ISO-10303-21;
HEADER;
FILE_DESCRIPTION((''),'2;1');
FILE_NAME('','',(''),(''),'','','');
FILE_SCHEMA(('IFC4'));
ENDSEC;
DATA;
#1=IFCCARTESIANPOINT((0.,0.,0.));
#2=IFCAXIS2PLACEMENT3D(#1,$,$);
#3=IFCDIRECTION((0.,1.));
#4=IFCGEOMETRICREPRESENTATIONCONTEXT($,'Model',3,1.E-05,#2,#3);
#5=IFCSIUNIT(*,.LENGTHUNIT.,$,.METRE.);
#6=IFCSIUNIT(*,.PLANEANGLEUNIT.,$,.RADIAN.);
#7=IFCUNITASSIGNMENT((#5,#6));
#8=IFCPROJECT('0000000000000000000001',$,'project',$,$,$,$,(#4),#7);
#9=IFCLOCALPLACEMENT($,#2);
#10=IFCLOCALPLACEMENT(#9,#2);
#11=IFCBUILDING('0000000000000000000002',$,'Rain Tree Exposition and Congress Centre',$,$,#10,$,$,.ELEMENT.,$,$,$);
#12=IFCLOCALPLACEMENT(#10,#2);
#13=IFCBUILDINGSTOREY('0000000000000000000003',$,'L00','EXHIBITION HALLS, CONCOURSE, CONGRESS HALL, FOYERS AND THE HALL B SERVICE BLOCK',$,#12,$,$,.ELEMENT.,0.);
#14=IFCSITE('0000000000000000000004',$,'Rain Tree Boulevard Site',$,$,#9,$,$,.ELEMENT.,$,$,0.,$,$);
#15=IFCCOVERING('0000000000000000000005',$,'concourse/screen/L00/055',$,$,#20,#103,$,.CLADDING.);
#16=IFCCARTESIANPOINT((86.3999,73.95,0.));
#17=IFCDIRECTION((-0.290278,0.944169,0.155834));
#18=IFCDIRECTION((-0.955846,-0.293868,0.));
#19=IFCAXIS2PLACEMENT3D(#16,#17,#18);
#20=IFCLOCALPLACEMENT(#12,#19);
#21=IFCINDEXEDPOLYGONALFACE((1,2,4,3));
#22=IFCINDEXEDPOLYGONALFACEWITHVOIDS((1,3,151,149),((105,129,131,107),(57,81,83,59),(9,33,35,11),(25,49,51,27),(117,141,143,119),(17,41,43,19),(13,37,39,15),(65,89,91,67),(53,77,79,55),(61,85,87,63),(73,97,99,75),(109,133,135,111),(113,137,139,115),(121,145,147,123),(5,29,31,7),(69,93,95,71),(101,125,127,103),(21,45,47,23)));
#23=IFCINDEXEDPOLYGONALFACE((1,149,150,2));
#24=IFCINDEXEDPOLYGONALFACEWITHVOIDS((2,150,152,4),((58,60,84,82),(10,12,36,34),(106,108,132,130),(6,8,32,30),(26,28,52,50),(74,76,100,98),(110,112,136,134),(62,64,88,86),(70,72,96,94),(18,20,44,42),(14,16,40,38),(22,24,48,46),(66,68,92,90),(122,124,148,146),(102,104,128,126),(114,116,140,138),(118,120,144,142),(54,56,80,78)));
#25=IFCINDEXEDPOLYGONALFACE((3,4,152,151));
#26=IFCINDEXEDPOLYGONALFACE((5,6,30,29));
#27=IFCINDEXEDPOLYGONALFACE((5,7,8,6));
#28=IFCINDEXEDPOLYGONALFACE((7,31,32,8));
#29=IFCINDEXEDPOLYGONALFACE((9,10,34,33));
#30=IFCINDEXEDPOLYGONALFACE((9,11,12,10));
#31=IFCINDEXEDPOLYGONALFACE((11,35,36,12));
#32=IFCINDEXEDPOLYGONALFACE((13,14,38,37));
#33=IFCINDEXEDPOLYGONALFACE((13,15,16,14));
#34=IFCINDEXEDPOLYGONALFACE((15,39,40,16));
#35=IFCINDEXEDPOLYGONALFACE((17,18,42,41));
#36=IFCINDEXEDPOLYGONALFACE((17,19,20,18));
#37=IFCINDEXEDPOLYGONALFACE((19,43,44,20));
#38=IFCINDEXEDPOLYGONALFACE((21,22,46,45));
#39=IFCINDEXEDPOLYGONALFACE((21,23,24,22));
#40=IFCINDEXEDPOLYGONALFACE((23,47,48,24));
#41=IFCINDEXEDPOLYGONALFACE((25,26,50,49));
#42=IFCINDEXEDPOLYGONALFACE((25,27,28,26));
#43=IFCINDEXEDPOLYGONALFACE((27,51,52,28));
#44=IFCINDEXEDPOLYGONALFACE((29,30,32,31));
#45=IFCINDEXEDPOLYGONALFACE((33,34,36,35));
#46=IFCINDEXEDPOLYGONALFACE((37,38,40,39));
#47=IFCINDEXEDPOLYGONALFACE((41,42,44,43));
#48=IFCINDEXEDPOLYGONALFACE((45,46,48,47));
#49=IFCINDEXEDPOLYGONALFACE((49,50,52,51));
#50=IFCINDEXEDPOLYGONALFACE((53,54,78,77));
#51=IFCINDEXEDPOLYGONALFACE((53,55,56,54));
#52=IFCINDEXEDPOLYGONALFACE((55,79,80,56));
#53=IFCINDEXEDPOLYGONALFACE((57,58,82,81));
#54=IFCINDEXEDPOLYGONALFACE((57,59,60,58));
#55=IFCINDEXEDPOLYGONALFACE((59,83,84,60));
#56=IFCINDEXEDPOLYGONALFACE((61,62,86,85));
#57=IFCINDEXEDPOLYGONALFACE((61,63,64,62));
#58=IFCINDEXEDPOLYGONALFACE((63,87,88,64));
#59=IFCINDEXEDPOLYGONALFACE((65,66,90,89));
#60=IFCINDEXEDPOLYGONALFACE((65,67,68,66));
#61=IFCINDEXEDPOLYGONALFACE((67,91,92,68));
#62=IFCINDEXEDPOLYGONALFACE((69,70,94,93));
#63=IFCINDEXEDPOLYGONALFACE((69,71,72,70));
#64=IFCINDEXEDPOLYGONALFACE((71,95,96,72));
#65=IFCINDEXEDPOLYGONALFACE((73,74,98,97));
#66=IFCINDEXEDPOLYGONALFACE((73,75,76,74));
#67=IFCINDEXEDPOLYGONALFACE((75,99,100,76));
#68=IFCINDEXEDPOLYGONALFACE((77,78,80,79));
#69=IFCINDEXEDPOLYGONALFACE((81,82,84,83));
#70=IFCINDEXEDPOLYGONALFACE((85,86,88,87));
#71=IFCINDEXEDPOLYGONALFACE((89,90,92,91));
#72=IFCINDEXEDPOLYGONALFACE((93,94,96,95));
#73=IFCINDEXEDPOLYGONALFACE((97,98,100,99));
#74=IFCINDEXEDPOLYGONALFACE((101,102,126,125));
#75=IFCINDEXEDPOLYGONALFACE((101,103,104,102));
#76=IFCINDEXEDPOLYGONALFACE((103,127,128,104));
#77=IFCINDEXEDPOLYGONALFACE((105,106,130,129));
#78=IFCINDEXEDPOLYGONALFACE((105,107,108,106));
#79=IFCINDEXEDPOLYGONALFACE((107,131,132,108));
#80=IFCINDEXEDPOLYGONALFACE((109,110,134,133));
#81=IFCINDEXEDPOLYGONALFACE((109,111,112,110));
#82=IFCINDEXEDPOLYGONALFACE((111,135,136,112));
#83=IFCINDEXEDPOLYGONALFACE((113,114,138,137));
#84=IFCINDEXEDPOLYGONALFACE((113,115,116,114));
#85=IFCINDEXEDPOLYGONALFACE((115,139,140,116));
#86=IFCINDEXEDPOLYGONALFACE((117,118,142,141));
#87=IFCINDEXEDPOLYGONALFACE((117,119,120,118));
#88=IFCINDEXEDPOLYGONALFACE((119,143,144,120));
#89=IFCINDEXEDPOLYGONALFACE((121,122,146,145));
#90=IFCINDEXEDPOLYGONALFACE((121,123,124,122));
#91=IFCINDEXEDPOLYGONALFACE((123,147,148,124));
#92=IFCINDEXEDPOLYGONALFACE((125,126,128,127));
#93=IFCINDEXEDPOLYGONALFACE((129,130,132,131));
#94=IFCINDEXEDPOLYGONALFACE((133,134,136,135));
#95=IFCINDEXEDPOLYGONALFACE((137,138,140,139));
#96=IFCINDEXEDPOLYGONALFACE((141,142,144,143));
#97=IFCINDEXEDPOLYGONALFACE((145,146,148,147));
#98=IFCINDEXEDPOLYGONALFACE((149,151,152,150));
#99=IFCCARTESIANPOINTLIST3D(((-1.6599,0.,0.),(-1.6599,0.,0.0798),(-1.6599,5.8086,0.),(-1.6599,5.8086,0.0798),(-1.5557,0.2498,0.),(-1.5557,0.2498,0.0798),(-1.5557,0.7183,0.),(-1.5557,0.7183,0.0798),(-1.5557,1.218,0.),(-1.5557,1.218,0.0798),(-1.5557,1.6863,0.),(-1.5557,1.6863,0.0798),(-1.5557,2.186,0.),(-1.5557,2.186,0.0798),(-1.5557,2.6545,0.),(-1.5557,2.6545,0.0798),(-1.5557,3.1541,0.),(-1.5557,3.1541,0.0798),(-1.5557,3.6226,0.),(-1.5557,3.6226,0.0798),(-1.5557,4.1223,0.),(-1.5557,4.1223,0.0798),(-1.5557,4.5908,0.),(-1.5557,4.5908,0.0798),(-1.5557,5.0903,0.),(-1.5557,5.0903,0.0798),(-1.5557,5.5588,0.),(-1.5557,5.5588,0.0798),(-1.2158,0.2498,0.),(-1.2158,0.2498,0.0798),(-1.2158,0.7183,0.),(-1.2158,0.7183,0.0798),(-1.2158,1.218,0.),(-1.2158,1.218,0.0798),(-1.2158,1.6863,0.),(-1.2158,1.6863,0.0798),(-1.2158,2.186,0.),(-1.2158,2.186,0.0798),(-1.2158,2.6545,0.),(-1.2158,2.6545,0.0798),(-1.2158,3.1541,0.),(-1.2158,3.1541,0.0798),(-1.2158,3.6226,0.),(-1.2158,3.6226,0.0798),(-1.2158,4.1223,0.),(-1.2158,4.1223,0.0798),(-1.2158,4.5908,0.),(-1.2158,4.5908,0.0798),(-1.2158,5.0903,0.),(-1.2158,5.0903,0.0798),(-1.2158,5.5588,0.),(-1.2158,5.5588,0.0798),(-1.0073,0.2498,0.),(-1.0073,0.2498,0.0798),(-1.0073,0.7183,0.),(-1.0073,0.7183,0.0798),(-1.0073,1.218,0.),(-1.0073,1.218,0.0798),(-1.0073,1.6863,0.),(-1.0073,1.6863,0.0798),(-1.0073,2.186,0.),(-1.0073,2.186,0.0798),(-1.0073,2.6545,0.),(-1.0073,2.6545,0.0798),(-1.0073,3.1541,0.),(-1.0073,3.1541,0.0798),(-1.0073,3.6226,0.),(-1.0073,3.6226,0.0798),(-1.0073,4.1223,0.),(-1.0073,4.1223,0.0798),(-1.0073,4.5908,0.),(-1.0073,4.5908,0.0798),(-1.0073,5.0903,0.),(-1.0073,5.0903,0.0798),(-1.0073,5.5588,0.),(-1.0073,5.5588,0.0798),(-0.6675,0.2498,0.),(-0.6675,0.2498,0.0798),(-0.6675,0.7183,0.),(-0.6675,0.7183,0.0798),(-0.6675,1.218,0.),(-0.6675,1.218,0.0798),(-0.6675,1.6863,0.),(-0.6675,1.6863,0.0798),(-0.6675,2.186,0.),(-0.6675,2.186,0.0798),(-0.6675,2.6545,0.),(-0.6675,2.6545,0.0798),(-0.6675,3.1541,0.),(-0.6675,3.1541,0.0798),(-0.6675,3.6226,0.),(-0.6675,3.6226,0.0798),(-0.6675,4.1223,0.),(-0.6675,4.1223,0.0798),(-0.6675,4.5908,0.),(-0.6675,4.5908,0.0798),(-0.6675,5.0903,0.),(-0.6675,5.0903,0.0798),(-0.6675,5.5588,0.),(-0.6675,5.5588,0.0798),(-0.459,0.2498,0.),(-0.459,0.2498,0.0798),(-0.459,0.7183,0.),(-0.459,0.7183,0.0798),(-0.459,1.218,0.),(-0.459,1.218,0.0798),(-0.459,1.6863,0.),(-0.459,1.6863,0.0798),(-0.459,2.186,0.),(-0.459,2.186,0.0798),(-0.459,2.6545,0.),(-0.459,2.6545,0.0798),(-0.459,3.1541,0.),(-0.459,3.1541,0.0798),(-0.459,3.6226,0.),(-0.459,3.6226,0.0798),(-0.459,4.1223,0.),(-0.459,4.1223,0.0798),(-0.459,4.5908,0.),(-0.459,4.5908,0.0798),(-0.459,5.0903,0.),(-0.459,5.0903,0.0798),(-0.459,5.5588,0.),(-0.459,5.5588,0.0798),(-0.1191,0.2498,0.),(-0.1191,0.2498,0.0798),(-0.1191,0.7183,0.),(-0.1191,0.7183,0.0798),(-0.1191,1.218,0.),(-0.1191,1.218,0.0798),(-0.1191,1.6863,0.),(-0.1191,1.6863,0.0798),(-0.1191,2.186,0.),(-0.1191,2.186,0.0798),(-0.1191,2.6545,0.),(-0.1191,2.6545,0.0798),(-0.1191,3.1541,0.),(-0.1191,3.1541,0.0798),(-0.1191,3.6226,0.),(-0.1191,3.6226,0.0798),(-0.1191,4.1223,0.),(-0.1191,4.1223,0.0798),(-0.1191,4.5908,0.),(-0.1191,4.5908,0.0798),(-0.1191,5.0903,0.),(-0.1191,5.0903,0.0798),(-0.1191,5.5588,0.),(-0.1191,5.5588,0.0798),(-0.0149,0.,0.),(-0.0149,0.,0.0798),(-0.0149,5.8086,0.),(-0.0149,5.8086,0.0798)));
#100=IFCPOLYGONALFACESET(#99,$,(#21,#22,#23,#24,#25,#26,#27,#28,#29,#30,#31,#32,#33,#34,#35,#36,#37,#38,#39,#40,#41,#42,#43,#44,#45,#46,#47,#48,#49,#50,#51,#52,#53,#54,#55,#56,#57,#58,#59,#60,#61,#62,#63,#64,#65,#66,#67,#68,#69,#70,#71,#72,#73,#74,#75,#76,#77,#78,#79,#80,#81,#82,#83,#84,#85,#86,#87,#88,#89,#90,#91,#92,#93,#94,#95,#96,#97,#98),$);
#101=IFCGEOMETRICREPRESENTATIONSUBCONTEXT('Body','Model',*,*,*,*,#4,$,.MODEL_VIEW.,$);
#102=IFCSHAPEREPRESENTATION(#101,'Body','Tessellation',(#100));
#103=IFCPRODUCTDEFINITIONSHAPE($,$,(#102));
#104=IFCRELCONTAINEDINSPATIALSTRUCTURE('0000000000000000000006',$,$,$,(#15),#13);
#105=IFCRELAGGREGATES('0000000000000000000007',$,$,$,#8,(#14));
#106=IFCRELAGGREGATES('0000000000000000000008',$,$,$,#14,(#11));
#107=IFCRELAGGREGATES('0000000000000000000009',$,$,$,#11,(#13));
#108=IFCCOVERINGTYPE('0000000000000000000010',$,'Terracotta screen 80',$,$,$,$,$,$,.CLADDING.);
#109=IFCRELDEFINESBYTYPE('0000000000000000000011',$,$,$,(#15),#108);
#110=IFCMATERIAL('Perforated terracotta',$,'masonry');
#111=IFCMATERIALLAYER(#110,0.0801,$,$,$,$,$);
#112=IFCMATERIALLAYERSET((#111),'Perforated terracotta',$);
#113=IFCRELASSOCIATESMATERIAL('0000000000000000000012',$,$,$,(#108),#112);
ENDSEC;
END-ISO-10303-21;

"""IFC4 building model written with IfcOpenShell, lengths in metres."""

from ifc_helpers import new_model, si_unit, direction, frame, origin, place, context, subcontext, project, spatial, polyline, outline, extrude, material, layer, layer_set, type_object, element, save


model = new_model("IFC4")

# Units and contexts
model_context = context("Model", 3, precision=1e-05, world=origin(), true_north=direction((0.0, 1.0)))
body_context = subcontext(model_context, "Body", "Model", "MODEL_VIEW")
ifc_project = project(units=[si_unit("LENGTHUNIT", "METRE"), si_unit("PLANEANGLEUNIT", "RADIAN")], contexts=[model_context])

# Site, building, storey
site_placement = place(None, origin())
site = spatial("IfcSite", under=ifc_project, at=site_placement, Name="Rain Tree Boulevard Site", CompositionType="ELEMENT", RefElevation=0.0)
building_placement = place(site_placement, origin())
building = spatial("IfcBuilding", under=site, at=building_placement, Name="Rain Tree Exposition and Congress Centre", CompositionType="ELEMENT")
storey_placement = place(building_placement, origin())
storey = spatial("IfcBuildingStorey", under=building, at=storey_placement, Name="L00", Description="EXHIBITION HALLS, CONCOURSE, CONGRESS HALL, FOYERS AND THE HALL B SERVICE BLOCK", CompositionType="ELEMENT", Elevation=0.0)

# Covering
ifc_material_1 = material(Name="Perforated terracotta", Category="masonry")
ifc_layer_1 = layer(ifc_material_1, 0.0801)
ifc_layer_set_1 = layer_set([ifc_layer_1], Name="Perforated terracotta")
covering_type = type_object("IfcCoveringType", Name="Terracotta screen 80", PredefinedType="CLADDING", material=ifc_layer_set_1)
covering_1_placement = place(storey_placement, frame((86.3999, 73.95, 0.0), z_axis=(-0.290278, 0.944169, 0.155834), x_axis=(-0.955846, -0.293868, 0.0)))
element("IfcCovering", 1, at=covering_1_placement, inside=storey, type_object=covering_type, Name="concourse/screen/L00/055", PredefinedType="CLADDING", context=body_context, shape_type="SweptSolid", body=[
    extrude(outline(polyline([(-0.0149, 0.0), (-1.6599, 0.0), (-1.6599, 5.8086), (-0.0149, 5.8086), (-0.0149, 0.0)]), holes=[polyline([(-0.1191, 0.2498), (-0.1191, 0.7183), (-0.459, 0.7183), (-0.459, 0.2498), (-0.1191, 0.2498)]), polyline([(-0.1191, 1.218), (-0.1191, 1.6863), (-0.459, 1.6863), (-0.459, 1.218), (-0.1191, 1.218)]), polyline([(-0.1191, 2.186), (-0.1191, 2.6545), (-0.459, 2.6545), (-0.459, 2.186), (-0.1191, 2.186)]), polyline([(-0.1191, 3.1541), (-0.1191, 3.6226), (-0.459, 3.6226), (-0.459, 3.1541), (-0.1191, 3.1541)]), polyline([(-0.1191, 4.1223), (-0.1191, 4.5908), (-0.459, 4.5908), (-0.459, 4.1223), (-0.1191, 4.1223)]), polyline([(-0.1191, 5.0903), (-0.1191, 5.5588), (-0.459, 5.5588), (-0.459, 5.0903), (-0.1191, 5.0903)]), polyline([(-0.6675, 0.2498), (-0.6675, 0.7183), (-1.0073, 0.7183), (-1.0073, 0.2498), (-0.6675, 0.2498)]), polyline([(-0.6675, 1.218), (-0.6675, 1.6863), (-1.0073, 1.6863), (-1.0073, 1.218), (-0.6675, 1.218)]), polyline([(-0.6675, 2.186), (-0.6675, 2.6545), (-1.0073, 2.6545), (-1.0073, 2.186), (-0.6675, 2.186)]), polyline([(-0.6675, 3.1541), (-0.6675, 3.6226), (-1.0073, 3.6226), (-1.0073, 3.1541), (-0.6675, 3.1541)]), polyline([(-0.6675, 4.1223), (-0.6675, 4.5908), (-1.0073, 4.5908), (-1.0073, 4.1223), (-0.6675, 4.1223)]), polyline([(-0.6675, 5.0903), (-0.6675, 5.5588), (-1.0073, 5.5588), (-1.0073, 5.0903), (-0.6675, 5.0903)]), polyline([(-1.2158, 0.2498), (-1.2158, 0.7183), (-1.5557, 0.7183), (-1.5557, 0.2498), (-1.2158, 0.2498)]), polyline([(-1.2158, 1.218), (-1.2158, 1.6863), (-1.5557, 1.6863), (-1.5557, 1.218), (-1.2158, 1.218)]), polyline([(-1.2158, 2.186), (-1.2158, 2.6545), (-1.5557, 2.6545), (-1.5557, 2.186), (-1.2158, 2.186)]), polyline([(-1.2158, 3.1541), (-1.2158, 3.6226), (-1.5557, 3.6226), (-1.5557, 3.1541), (-1.2158, 3.1541)]), polyline([(-1.2158, 4.1223), (-1.2158, 4.5908), (-1.5557, 4.5908), (-1.5557, 4.1223), (-1.2158, 4.1223)]), polyline([(-1.2158, 5.0903), (-1.2158, 5.5588), (-1.5557, 5.5588), (-1.5557, 5.0903), (-1.2158, 5.0903)])]), origin(), (0.0, 0.0, 1.0), 0.0798),
])

save(model, "model.ifc")
